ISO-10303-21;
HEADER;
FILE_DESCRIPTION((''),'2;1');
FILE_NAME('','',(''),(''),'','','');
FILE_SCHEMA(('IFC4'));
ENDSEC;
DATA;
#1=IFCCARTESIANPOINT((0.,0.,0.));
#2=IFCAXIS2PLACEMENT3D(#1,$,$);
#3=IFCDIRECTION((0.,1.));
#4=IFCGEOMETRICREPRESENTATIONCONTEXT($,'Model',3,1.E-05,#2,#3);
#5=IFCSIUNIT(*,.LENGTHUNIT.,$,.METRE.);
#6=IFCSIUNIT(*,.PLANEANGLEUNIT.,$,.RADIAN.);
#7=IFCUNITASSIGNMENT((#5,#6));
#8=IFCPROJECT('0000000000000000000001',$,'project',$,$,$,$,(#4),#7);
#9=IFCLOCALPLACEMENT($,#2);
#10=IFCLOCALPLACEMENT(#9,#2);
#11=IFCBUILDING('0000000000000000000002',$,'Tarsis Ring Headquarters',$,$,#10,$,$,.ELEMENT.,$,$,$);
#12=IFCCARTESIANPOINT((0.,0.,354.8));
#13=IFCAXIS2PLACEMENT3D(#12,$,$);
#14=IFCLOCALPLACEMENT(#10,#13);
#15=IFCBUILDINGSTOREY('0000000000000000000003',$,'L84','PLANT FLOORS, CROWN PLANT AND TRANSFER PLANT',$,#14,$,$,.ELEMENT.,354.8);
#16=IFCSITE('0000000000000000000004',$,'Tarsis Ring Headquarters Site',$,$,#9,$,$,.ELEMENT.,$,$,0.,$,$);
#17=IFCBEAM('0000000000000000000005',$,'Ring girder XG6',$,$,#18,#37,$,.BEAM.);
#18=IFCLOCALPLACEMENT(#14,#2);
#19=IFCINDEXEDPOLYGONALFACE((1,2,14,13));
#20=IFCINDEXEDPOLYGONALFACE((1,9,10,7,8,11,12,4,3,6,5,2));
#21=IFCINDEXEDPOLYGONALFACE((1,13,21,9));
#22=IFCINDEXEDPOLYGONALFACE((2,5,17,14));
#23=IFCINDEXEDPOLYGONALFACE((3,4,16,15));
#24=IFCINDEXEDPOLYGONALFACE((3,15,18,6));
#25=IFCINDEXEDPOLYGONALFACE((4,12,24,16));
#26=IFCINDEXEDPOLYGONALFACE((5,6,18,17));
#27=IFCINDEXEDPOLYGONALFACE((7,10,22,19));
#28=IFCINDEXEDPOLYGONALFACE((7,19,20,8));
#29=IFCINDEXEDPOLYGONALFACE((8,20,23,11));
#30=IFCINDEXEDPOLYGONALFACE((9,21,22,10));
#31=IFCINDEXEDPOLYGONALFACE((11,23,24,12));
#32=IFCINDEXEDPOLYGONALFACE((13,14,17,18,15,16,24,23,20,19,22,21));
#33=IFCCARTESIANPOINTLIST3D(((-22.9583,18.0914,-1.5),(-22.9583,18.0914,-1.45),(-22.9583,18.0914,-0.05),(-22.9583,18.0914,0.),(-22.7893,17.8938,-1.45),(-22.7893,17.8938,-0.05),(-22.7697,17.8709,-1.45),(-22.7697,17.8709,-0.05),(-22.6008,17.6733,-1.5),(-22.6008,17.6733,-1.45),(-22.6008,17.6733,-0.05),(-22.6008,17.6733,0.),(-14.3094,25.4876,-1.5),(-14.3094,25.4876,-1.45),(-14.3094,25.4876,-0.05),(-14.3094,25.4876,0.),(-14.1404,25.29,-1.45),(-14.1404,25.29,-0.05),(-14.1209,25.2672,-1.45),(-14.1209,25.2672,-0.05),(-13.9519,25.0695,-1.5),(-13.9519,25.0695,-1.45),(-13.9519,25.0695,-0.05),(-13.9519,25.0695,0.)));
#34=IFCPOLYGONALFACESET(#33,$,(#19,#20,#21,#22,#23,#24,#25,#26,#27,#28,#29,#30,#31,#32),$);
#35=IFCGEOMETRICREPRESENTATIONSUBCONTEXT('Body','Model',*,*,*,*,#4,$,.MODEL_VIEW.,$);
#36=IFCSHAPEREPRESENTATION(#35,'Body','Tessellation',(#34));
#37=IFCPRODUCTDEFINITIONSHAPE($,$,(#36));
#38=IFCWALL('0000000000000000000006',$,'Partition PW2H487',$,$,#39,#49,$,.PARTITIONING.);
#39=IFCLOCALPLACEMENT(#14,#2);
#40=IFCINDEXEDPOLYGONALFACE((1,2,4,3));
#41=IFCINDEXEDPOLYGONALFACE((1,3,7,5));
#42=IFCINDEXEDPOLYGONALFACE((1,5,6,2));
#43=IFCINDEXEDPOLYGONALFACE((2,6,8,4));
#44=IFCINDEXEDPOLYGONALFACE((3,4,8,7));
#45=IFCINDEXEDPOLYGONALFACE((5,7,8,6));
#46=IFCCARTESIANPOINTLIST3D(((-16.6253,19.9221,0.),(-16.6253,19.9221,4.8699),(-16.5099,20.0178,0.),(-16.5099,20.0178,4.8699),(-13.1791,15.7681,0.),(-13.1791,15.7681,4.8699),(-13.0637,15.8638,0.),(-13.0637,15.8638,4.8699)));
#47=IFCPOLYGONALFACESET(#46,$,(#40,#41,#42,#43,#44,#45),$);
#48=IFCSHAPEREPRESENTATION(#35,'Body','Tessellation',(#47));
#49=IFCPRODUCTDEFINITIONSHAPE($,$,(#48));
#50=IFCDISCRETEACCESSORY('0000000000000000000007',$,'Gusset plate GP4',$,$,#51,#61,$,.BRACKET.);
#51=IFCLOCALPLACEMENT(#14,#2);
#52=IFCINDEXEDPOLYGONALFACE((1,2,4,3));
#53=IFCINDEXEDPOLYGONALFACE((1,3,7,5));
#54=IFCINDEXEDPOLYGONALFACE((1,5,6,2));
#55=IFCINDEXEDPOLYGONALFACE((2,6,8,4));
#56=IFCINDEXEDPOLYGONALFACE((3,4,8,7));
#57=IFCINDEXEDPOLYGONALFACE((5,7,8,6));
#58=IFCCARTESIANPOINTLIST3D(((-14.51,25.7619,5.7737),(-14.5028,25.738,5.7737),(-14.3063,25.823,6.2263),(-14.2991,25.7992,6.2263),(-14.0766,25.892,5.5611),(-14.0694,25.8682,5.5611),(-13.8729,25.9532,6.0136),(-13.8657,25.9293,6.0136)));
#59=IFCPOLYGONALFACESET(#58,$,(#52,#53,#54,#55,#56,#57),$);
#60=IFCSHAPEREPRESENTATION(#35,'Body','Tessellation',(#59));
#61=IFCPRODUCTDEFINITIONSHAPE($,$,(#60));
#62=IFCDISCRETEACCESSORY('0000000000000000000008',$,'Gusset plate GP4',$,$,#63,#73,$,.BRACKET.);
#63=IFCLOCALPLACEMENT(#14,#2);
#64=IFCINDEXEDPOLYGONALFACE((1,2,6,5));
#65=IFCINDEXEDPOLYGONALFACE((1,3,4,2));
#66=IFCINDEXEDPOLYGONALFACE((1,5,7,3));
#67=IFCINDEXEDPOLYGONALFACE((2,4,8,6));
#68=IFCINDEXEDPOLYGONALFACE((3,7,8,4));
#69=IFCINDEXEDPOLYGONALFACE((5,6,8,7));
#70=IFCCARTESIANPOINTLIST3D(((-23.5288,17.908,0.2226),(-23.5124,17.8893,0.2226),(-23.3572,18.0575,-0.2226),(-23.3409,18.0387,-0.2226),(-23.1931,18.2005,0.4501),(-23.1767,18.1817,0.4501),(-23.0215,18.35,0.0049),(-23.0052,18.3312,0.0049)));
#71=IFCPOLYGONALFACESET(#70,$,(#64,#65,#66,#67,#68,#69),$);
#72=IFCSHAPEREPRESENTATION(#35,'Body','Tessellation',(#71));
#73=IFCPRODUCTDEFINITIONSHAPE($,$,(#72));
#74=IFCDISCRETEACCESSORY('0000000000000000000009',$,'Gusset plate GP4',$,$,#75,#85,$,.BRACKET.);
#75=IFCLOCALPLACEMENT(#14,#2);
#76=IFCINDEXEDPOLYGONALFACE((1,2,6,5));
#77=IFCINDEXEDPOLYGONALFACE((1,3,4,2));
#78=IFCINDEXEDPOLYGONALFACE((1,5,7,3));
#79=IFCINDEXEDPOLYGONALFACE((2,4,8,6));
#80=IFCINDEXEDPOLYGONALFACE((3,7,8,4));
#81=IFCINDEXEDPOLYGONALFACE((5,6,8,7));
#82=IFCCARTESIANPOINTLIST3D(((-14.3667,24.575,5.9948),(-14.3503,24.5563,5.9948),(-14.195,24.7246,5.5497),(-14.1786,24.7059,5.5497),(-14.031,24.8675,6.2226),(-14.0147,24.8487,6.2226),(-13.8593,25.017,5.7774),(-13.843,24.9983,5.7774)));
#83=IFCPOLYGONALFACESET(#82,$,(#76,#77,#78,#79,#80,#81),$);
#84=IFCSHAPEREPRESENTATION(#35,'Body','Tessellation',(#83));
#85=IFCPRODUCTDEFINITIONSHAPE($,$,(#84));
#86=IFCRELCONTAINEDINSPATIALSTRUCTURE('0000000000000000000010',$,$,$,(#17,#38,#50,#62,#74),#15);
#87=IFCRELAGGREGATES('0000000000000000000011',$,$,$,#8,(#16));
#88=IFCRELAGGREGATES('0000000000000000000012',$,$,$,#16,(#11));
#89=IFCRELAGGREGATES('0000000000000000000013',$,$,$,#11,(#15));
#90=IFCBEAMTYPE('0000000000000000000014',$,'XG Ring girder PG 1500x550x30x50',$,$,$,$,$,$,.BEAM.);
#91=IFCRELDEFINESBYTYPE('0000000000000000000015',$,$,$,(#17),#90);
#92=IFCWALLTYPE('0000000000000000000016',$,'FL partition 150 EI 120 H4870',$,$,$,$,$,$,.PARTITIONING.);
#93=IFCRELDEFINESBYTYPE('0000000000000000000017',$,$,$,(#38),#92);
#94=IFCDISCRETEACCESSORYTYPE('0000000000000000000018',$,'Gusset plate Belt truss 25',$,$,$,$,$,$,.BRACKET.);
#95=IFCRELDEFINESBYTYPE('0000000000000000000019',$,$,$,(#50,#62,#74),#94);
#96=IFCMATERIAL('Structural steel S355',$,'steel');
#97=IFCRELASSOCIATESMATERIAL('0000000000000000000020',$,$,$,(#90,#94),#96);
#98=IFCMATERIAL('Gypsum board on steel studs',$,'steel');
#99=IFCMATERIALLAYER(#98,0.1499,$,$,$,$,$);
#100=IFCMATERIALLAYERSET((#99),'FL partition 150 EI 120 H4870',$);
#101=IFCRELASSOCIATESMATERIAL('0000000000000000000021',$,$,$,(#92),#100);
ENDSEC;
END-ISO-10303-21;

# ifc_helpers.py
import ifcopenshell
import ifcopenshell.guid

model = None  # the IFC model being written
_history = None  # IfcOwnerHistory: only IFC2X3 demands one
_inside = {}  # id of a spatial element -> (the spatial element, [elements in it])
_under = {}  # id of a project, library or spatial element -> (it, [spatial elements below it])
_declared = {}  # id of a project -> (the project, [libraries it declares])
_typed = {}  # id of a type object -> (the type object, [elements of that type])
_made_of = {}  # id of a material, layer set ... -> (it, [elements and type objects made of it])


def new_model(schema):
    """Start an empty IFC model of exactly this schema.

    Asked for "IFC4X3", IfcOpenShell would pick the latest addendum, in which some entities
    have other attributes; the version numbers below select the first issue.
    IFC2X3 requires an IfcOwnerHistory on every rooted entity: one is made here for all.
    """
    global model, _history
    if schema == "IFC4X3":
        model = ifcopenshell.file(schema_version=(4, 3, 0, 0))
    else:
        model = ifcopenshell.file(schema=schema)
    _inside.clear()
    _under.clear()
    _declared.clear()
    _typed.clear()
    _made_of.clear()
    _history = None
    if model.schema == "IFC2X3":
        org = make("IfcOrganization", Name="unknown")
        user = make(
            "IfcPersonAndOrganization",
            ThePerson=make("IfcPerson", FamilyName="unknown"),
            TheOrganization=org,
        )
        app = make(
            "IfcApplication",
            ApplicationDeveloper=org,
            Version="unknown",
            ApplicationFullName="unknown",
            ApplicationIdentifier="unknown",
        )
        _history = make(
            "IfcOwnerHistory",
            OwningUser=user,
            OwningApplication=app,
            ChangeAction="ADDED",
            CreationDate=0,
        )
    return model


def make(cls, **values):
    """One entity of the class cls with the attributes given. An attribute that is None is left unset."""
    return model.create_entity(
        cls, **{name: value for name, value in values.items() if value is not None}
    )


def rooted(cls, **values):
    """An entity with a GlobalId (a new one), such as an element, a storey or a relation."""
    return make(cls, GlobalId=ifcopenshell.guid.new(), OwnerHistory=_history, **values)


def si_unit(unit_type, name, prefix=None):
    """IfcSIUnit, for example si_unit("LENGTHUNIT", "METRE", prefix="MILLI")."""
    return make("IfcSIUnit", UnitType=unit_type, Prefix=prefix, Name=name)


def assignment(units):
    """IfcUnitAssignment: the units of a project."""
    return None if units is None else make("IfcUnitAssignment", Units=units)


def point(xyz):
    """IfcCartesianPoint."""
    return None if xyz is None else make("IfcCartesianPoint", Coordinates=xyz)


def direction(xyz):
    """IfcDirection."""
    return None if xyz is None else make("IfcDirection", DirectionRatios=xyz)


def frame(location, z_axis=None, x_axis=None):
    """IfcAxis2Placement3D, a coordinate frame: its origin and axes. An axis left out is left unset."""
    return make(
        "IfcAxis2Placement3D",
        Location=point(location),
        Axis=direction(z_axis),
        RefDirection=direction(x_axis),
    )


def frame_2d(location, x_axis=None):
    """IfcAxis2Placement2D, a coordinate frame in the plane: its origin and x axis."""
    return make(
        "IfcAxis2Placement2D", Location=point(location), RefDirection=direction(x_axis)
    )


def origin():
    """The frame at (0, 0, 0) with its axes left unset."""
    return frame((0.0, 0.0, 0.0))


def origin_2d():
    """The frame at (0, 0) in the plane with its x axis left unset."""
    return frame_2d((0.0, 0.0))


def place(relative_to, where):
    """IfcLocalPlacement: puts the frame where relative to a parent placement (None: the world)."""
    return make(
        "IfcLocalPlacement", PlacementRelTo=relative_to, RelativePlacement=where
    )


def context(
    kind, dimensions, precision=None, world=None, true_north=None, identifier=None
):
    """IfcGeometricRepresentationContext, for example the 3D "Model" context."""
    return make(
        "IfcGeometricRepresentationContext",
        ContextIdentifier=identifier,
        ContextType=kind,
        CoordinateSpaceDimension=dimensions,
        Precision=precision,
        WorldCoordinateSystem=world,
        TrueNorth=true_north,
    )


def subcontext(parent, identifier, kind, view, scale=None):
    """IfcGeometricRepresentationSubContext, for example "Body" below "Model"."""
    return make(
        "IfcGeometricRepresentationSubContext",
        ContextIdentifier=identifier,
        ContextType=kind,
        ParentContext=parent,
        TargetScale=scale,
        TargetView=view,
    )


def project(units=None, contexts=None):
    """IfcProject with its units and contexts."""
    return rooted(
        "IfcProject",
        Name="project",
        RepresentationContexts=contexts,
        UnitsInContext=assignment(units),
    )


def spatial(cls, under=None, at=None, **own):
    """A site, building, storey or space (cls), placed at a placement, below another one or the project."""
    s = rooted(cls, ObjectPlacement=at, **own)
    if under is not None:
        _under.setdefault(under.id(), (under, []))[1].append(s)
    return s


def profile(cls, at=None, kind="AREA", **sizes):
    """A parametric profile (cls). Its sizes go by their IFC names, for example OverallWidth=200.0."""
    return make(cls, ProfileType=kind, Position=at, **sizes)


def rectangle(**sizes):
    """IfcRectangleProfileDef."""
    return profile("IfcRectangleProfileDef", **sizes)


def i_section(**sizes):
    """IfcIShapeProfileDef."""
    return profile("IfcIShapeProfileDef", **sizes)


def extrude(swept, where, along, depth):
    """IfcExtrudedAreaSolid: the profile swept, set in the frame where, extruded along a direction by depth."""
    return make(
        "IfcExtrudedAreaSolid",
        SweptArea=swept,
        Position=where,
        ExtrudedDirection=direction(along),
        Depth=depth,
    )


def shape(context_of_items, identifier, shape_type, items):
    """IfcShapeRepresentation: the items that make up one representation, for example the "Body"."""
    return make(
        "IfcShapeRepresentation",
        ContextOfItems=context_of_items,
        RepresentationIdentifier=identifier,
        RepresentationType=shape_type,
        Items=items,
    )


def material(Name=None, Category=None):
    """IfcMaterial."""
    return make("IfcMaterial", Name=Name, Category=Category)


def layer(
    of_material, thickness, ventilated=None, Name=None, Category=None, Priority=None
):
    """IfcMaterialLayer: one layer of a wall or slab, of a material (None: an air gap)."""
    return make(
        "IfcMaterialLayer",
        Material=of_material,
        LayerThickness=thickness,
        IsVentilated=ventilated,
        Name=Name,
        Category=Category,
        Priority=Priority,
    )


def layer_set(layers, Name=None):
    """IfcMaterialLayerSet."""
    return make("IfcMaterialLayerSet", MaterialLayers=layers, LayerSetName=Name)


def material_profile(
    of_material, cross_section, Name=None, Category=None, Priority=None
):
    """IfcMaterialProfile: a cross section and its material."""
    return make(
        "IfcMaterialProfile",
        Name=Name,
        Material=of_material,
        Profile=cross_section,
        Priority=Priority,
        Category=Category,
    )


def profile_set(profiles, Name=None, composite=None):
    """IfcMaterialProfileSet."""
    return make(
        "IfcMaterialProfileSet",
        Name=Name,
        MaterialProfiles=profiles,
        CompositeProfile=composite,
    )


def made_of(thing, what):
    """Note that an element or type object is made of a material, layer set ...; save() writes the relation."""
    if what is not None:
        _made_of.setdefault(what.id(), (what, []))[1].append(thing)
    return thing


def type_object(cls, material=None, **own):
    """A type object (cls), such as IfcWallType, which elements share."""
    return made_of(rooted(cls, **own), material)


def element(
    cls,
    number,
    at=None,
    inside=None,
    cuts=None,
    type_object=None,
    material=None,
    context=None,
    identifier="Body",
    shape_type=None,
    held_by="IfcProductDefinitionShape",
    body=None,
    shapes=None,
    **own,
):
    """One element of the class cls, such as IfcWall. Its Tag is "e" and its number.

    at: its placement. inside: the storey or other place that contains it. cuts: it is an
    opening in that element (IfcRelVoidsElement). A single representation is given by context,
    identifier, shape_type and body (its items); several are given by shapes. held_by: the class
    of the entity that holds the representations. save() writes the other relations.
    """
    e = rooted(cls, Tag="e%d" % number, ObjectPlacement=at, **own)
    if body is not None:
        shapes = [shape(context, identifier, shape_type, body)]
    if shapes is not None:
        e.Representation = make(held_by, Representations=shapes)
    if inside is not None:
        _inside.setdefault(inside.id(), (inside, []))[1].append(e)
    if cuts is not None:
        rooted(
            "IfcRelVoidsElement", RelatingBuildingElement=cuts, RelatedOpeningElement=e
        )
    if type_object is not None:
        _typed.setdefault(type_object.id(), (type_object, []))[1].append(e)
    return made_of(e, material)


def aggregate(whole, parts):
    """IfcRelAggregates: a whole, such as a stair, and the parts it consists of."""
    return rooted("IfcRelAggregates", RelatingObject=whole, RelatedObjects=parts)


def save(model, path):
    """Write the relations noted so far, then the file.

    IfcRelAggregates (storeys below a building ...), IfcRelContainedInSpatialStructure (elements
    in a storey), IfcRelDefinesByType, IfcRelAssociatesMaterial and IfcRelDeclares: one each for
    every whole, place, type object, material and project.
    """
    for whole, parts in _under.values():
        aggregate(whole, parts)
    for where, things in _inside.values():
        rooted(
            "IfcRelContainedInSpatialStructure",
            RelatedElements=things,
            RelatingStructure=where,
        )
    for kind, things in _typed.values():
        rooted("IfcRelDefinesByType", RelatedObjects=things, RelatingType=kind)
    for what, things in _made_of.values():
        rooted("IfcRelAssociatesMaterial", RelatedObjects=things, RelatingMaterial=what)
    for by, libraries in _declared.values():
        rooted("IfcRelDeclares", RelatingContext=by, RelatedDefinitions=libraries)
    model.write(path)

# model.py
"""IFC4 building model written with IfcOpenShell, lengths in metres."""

from ifc_helpers import new_model, si_unit, direction, frame, frame_2d, origin, origin_2d, place, context, subcontext, project, spatial, rectangle, i_section, extrude, material, layer, layer_set, material_profile, profile_set, type_object, element, save


model = new_model("IFC4")

# Units and contexts
model_context = context("Model", 3, precision=1e-05, world=origin(), true_north=direction((0.0, 1.0)))
body_context = subcontext(model_context, "Body", "Model", "MODEL_VIEW")
ifc_project = project(units=[si_unit("LENGTHUNIT", "METRE"), si_unit("PLANEANGLEUNIT", "RADIAN")], contexts=[model_context])

# Site, building, storey
site_placement = place(None, origin())
site = spatial("IfcSite", under=ifc_project, at=site_placement, Name="Tarsis Ring Headquarters Site", CompositionType="ELEMENT", RefElevation=0.0)
building_placement = place(site_placement, origin())
building = spatial("IfcBuilding", under=site, at=building_placement, Name="Tarsis Ring Headquarters", CompositionType="ELEMENT")
storey_placement = place(building_placement, frame((0.0, 0.0, 354.8)))
storey = spatial("IfcBuildingStorey", under=building, at=storey_placement, Name="L84", Description="PLANT FLOORS, CROWN PLANT AND TRANSFER PLANT", CompositionType="ELEMENT", Elevation=354.8)

# Shared definitions
ifc_material_1 = material(Name="Structural steel S355", Category="steel")

# Beam
ifc_material_profile_1 = material_profile(ifc_material_1, i_section(OverallWidth=0.55, OverallDepth=1.5, WebThickness=0.03, FlangeThickness=0.05, at=origin_2d()), Name="PG 1500x550x30x50")
ifc_profile_set_1 = profile_set([ifc_material_profile_1], Name="Structural steel S355")
beam_type_1 = type_object("IfcBeamType", Name="XG Ring girder PG 1500x550x30x50", PredefinedType="BEAM", material=ifc_profile_set_1)
beam_1_placement = place(storey_placement, frame((-14.1306, 25.2786, -0.75), z_axis=(-0.76, -0.649923, 0.0), x_axis=(0.649923, -0.76, 0.0)))
element("IfcBeam", 1, at=beam_1_placement, inside=storey, type_object=beam_type_1, Name="Ring girder XG6", PredefinedType="BEAM", context=body_context, shape_type="SweptSolid", body=[
    extrude(i_section(OverallWidth=0.55, OverallDepth=1.5, WebThickness=0.03, FlangeThickness=0.05, at=origin_2d()), origin(), (0.0, 0.0, 1.0), 11.3801),
])

# Wall
ifc_material_2 = material(Name="Gypsum board on steel studs", Category="steel")
ifc_layer = layer(ifc_material_2, 0.1499)
ifc_layer_set = layer_set([ifc_layer], Name="FL partition 150 EI 120 H4870")
wall_type = type_object("IfcWallType", Name="FL partition 150 EI 120 H4870", PredefinedType="PARTITIONING", material=ifc_layer_set)
wall_placement = place(storey_placement, frame((-16.5676, 19.97, 0.0), z_axis=(0.0, 0.0, 1.0), x_axis=(0.638497, -0.769625, 0.0)))
element("IfcWall", 2, at=wall_placement, inside=storey, type_object=wall_type, Name="Partition PW2H487", PredefinedType="PARTITIONING", context=body_context, shape_type="SweptSolid", body=[
    extrude(rectangle(XDim=5.3975, YDim=0.1499, at=frame_2d((2.6987, 0.0))), origin(), (0.0, 0.0, 1.0), 4.8699),
])

# Discrete accessories
ifc_material_profile_2 = material_profile(ifc_material_1, rectangle(XDim=0.0249, YDim=0.5, at=origin_2d()), Name="PL 25x500")
ifc_profile_set_2 = profile_set([ifc_material_profile_2], Name="Structural steel S355")
discrete_accessory_type = type_object("IfcDiscreteAccessoryType", Name="Gusset plate Belt truss 25", PredefinedType="BRACKET", material=ifc_profile_set_2)
for number, where, z_axis, x_axis, name in (
    (3, (-14.4045, 25.7805, 6.0), (0.866797, 0.260283, -0.425341), (-0.287595, 0.957752, 0.0), "Gusset plate GP4"),
    (4, (-23.4348, 17.9734, 0.0), (0.671375, 0.584951, 0.45507), (-0.656911, 0.753968, 0.0), "Gusset plate GP4"),
    (5, (-13.937, 24.9329, 6.0), (-0.671226, -0.584821, -0.455457), (0.656911, -0.753968, 0.0), "Gusset plate GP4"),
):
    element("IfcDiscreteAccessory", number, at=place(storey_placement, frame(where, z_axis=z_axis, x_axis=x_axis)), inside=storey, type_object=discrete_accessory_type, Name=name, PredefinedType="BRACKET", context=body_context, shape_type="SweptSolid", body=[
        extrude(rectangle(XDim=0.0249, YDim=0.5, at=origin_2d()), origin(), (0.0, 0.0, 1.0), 0.5),
    ])

save(model, "model.ifc")
